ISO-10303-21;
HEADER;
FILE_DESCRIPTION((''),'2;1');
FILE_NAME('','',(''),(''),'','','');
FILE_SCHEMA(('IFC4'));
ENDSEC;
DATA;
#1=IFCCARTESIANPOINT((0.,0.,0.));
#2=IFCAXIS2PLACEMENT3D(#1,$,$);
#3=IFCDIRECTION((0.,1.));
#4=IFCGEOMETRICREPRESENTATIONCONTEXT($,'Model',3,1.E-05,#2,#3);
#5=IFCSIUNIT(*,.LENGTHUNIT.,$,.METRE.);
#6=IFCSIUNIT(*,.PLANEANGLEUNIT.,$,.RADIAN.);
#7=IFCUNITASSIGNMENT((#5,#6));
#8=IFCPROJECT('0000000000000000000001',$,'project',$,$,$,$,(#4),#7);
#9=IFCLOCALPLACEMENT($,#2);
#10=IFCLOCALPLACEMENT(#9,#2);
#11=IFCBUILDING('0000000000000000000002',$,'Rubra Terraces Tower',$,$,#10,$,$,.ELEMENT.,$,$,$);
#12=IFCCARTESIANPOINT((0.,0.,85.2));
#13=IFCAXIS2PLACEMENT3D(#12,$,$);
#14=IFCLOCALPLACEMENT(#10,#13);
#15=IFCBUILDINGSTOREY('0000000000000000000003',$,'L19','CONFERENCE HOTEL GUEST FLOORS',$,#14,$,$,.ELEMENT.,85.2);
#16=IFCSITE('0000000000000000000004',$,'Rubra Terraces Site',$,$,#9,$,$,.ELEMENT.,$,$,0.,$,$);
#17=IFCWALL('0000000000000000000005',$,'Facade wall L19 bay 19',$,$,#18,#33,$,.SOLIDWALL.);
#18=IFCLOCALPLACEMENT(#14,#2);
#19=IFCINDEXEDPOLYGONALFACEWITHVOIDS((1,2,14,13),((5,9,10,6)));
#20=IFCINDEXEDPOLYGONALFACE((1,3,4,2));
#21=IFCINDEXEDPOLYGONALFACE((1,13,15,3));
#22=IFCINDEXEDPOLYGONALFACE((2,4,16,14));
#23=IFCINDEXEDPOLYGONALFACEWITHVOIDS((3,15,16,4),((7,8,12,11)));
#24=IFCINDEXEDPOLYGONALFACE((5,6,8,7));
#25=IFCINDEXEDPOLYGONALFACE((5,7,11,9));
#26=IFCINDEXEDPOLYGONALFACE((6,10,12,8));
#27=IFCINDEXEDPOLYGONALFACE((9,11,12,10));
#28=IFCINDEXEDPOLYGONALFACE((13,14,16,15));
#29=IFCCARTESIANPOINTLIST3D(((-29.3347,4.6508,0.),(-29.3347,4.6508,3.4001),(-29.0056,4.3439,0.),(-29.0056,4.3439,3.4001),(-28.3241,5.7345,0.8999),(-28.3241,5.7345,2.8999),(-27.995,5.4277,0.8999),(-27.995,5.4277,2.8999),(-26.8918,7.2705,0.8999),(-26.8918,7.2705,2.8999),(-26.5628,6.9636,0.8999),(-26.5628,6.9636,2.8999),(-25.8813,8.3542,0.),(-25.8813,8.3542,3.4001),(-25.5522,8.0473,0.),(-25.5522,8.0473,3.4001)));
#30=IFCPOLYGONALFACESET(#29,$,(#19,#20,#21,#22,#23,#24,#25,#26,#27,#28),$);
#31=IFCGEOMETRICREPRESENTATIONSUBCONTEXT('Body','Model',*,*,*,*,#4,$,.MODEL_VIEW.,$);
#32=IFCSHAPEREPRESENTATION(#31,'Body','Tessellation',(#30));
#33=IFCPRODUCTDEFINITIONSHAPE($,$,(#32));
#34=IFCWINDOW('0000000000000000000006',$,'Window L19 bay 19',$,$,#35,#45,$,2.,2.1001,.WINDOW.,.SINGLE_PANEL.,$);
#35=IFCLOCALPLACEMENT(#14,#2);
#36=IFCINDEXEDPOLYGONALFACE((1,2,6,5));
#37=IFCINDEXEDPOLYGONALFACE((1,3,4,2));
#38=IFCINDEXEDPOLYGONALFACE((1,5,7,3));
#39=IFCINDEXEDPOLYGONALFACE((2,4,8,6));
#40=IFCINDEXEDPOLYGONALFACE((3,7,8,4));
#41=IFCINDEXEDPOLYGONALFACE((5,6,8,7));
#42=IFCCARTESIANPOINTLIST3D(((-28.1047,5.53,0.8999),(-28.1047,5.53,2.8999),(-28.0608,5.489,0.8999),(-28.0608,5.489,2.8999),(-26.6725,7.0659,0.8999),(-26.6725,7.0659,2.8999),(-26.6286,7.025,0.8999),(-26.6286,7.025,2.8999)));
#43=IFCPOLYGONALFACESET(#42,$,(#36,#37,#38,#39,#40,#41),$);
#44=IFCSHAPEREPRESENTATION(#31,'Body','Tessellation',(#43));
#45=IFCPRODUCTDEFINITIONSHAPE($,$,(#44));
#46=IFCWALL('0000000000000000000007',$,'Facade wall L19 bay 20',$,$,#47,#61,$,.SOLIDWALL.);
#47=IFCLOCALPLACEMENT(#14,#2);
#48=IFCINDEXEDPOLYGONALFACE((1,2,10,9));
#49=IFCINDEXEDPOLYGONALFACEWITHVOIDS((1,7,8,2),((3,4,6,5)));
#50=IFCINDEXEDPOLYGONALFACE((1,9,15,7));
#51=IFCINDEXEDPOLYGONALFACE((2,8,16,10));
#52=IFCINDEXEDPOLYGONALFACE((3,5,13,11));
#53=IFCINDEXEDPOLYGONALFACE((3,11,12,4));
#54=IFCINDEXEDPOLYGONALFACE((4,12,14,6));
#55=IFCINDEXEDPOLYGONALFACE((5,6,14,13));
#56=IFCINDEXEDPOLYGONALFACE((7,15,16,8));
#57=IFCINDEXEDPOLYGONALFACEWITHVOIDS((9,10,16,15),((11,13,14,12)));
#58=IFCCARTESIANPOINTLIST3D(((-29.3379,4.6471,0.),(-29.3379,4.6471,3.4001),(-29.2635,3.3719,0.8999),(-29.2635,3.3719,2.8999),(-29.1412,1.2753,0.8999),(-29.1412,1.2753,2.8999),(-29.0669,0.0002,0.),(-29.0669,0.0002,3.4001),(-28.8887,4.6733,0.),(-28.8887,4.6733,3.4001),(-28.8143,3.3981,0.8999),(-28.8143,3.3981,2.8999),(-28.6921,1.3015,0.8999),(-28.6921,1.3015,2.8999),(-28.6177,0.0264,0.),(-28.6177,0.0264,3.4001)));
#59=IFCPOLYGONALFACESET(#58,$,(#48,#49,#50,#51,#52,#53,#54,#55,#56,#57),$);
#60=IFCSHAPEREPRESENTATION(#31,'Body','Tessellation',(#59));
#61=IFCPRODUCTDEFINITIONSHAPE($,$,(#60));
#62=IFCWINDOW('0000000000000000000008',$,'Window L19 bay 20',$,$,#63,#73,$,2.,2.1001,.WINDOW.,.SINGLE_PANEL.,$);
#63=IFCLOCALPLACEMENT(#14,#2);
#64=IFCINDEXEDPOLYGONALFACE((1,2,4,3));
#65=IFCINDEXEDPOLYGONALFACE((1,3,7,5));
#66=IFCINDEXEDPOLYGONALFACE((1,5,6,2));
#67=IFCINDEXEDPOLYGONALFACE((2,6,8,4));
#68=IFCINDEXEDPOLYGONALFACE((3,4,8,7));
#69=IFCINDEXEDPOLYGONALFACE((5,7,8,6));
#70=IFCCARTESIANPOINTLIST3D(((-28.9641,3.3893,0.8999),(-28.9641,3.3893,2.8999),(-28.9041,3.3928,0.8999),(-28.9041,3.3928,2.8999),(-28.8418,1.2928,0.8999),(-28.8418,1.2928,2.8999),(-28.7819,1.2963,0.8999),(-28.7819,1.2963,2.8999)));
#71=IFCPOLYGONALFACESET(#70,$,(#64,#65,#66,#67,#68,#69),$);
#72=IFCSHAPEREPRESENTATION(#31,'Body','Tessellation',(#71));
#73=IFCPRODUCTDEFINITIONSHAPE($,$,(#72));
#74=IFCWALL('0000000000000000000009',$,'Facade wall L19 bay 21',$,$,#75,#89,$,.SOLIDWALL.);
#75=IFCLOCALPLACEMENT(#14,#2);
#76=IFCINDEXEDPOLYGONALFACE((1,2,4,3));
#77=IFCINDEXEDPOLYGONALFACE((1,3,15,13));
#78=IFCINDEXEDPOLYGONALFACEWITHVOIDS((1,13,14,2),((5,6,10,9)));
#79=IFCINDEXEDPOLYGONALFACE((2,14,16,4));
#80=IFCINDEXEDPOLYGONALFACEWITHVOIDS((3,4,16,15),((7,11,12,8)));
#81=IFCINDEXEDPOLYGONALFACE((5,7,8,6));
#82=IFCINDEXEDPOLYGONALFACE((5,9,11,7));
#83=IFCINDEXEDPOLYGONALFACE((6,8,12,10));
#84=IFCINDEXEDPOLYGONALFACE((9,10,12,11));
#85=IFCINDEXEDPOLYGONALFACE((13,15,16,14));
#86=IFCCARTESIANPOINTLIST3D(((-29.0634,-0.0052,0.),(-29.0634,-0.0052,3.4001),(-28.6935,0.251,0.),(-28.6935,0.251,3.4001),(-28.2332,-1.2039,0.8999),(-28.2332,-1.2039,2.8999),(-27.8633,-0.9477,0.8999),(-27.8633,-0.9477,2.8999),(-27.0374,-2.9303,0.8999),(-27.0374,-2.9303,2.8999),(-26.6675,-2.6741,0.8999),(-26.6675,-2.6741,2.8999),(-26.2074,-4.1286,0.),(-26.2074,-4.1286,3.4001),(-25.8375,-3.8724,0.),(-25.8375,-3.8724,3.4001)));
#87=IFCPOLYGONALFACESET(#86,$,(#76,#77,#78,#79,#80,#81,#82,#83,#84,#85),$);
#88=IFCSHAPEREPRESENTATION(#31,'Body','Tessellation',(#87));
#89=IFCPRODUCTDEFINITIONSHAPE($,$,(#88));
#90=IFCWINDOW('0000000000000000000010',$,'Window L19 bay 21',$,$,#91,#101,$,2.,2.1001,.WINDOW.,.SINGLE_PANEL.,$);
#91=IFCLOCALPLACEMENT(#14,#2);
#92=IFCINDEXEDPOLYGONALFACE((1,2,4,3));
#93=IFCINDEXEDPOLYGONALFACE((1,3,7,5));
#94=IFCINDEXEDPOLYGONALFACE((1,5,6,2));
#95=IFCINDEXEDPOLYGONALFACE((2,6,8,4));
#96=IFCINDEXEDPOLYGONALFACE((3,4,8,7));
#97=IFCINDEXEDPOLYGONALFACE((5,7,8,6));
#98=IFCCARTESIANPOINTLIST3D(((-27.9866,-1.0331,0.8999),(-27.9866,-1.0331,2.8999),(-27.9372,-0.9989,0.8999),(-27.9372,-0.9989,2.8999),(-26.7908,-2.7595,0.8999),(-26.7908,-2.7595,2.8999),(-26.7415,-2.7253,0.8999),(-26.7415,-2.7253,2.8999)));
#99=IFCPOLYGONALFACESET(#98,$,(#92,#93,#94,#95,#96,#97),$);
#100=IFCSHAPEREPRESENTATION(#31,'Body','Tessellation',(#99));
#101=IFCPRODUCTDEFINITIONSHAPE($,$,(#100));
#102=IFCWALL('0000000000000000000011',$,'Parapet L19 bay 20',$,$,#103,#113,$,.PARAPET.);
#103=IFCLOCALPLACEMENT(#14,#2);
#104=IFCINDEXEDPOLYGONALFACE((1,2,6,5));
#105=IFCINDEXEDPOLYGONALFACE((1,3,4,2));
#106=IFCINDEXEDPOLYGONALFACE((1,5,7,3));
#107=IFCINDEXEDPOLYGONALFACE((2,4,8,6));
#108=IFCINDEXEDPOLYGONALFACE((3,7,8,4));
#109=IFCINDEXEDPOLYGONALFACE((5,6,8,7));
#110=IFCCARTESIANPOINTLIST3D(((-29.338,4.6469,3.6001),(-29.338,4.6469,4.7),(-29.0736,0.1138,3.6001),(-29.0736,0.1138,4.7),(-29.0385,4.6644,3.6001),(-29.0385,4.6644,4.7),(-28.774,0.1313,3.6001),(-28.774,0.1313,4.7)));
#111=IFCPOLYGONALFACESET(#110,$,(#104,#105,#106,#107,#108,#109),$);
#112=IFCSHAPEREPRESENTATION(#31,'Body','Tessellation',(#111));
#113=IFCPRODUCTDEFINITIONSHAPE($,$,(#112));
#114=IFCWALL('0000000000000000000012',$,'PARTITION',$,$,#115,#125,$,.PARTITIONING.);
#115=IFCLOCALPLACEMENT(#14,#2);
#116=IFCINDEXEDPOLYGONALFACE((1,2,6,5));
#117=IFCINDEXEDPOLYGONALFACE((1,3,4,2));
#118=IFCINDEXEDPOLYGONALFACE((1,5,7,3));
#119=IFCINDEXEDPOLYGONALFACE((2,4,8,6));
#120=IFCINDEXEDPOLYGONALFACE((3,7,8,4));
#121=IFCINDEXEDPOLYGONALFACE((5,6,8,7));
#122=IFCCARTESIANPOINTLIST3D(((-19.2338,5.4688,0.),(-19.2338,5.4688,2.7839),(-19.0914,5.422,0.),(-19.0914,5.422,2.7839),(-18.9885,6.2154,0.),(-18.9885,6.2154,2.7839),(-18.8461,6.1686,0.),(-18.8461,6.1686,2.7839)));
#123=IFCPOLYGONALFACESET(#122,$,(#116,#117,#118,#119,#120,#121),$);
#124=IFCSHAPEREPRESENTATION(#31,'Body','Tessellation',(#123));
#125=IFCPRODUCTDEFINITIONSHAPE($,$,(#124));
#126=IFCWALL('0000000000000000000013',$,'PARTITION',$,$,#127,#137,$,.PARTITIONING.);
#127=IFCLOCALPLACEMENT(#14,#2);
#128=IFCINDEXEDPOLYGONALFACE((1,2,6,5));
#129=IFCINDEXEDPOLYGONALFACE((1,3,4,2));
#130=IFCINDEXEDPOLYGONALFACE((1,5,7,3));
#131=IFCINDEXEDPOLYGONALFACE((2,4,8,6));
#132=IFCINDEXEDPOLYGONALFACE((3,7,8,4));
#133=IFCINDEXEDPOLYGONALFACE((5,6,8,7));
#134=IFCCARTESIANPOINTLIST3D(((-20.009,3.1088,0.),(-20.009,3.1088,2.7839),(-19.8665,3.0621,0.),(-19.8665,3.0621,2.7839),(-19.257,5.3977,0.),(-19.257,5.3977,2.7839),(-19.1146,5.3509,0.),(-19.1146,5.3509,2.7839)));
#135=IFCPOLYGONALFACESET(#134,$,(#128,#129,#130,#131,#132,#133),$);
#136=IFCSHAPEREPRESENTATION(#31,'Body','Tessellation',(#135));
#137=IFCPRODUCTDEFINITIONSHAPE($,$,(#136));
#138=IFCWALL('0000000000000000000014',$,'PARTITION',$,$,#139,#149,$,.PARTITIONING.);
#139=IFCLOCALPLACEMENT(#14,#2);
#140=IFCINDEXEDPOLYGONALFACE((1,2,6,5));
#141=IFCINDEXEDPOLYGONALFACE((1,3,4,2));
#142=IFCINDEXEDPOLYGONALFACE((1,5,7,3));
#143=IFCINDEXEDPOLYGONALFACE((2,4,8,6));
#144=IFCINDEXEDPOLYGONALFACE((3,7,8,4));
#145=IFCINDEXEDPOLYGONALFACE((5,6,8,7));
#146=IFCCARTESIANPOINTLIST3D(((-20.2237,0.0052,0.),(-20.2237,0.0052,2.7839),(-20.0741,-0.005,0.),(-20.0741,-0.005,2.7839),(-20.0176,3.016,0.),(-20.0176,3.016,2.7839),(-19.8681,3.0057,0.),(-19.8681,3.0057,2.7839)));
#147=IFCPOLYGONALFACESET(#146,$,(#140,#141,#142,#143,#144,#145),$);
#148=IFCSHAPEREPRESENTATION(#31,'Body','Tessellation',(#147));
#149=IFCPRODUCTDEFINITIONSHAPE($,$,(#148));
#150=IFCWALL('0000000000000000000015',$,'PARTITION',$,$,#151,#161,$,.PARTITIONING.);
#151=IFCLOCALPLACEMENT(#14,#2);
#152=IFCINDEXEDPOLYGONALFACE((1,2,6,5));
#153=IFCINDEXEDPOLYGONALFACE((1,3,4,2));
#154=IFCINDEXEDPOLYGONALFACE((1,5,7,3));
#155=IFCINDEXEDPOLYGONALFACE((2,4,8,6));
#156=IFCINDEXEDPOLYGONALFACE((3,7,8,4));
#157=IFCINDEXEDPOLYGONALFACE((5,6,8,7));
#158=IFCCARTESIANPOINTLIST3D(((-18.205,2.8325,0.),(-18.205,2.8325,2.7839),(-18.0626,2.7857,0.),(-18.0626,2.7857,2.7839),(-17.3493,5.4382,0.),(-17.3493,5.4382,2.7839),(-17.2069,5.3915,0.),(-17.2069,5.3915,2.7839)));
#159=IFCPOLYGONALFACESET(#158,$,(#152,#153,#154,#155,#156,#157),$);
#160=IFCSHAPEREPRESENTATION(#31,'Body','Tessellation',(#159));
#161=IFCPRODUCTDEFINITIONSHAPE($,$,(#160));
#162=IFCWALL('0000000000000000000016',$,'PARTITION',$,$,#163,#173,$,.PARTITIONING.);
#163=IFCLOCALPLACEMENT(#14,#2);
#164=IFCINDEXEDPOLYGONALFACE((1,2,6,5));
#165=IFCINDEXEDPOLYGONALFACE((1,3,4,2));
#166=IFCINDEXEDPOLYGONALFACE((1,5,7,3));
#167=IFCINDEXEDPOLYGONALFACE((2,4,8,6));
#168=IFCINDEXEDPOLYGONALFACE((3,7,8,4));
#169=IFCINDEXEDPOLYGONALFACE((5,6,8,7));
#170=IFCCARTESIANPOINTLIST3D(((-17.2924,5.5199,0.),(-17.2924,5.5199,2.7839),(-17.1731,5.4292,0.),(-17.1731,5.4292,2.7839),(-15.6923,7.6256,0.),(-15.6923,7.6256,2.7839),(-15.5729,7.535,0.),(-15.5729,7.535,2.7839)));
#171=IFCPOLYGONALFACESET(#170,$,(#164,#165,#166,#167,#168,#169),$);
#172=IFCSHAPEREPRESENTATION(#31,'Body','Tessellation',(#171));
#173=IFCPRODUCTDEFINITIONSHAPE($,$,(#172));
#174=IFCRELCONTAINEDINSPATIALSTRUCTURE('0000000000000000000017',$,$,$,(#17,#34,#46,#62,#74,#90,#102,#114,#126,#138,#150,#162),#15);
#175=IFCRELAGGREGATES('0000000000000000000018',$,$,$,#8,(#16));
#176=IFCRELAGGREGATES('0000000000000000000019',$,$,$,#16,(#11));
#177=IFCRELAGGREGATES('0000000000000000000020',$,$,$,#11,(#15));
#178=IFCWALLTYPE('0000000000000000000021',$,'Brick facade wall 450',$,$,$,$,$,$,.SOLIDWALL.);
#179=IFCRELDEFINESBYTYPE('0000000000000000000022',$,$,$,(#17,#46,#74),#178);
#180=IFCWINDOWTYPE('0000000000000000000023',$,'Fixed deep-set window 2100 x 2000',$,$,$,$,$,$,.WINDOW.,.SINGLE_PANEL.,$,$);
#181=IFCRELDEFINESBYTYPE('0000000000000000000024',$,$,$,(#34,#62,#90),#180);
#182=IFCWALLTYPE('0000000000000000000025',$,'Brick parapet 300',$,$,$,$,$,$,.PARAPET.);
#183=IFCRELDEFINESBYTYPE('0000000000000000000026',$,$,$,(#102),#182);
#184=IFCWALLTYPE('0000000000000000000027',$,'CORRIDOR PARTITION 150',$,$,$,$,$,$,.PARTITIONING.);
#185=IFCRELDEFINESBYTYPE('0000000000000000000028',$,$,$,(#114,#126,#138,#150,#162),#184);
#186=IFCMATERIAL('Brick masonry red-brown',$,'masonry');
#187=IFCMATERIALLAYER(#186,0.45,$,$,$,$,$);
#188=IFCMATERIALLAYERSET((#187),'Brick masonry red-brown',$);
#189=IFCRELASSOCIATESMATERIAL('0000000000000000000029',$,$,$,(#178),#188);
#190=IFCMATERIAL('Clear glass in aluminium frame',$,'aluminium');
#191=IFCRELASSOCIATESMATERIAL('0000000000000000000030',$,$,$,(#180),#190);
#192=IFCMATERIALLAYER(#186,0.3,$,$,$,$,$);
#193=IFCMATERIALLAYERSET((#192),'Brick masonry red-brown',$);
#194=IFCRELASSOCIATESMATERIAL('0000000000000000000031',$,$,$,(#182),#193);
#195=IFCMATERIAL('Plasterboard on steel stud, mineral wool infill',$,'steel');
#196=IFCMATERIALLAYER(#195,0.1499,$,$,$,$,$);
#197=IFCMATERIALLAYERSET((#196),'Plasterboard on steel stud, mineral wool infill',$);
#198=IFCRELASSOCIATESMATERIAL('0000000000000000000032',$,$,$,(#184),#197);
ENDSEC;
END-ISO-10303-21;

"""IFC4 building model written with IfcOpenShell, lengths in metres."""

from ifc_helpers import new_model, si_unit, direction, frame, frame_2d, origin, place, context, subcontext, project, spatial, rectangle, extrude, material, layer, layer_set, type_object, element, fill, save


model = new_model("IFC4")

# Units and contexts
model_context = context("Model", 3, precision=1e-05, world=origin(), true_north=direction((0.0, 1.0)))
body_context = subcontext(model_context, "Body", "Model", "MODEL_VIEW")
ifc_project = project(units=[si_unit("LENGTHUNIT", "METRE"), si_unit("PLANEANGLEUNIT", "RADIAN")], contexts=[model_context])

# Site, building, storey
site_placement = place(None, origin())
site = spatial("IfcSite", under=ifc_project, at=site_placement, Name="Rubra Terraces Site", CompositionType="ELEMENT", RefElevation=0.0)
building_placement = place(site_placement, origin())
building = spatial("IfcBuilding", under=site, at=building_placement, Name="Rubra Terraces Tower", CompositionType="ELEMENT")
storey_placement = place(building_placement, frame((0.0, 0.0, 85.2)))
storey = spatial("IfcBuildingStorey", under=building, at=storey_placement, Name="L19", Description="CONFERENCE HOTEL GUEST FLOORS", CompositionType="ELEMENT", Elevation=85.2)

# Walls, openings, windows
ifc_material_1 = material(Name="Brick masonry red-brown", Category="masonry")
ifc_layer_1 = layer(ifc_material_1, 0.45)
ifc_layer_set_1 = layer_set([ifc_layer_1], Name="Brick masonry red-brown")
wall_type_1 = type_object("IfcWallType", Name="Brick facade wall 450", PredefinedType="SOLIDWALL", material=ifc_layer_set_1)
wall_1_placement = place(storey_placement, frame((-25.7168, 8.2007, 0.0), z_axis=(0.0, 0.0, 1.0), x_axis=(-0.68199, -0.731361, 0.0)))
wall_1 = element("IfcWall", 1, at=wall_1_placement, inside=storey, type_object=wall_type_1, Name="Facade wall L19 bay 19", PredefinedType="SOLIDWALL", context=body_context, shape_type="SweptSolid", body=[
    extrude(rectangle(XDim=5.0637, YDim=0.45, at=frame_2d((2.5317, 0.0))), origin(), (0.0, 0.0, 1.0), 3.4001),
])
opening_1_placement = place(wall_1_placement, frame((1.4817, 0.0, 0.8999)))
opening_1 = element("IfcOpeningElement", 2, at=opening_1_placement, cuts=wall_1, PredefinedType="OPENING", context=body_context, shape_type="SweptSolid", body=[
    extrude(rectangle(XDim=2.1001, YDim=2.0, at=frame_2d((1.05, 1.0))), frame((0.0, 0.2349, 0.0), z_axis=(0.0, -1.0, 0.0), x_axis=(1.0, 0.0, 0.0)), (0.0, 0.0, 1.0), 0.47),
])
ifc_material_2 = material(Name="Clear glass in aluminium frame", Category="aluminium")
window_type = type_object("IfcWindowType", Name="Fixed deep-set window 2100 x 2000", PartitioningType="SINGLE_PANEL", PredefinedType="WINDOW", material=ifc_material_2)
window_1_placement = place(opening_1_placement, origin())
window_1 = element("IfcWindow", 3, at=window_1_placement, inside=storey, type_object=window_type, Name="Window L19 bay 19", OverallHeight=2.0, OverallWidth=2.1001, PartitioningType="SINGLE_PANEL", PredefinedType="WINDOW", context=body_context, shape_type="SweptSolid", body=[
    extrude(rectangle(XDim=2.1001, YDim=2.0, at=frame_2d((1.05, 1.0))), frame((0.0, 0.135, 0.0), z_axis=(0.0, -1.0, 0.0), x_axis=(1.0, 0.0, 0.0)), (0.0, 0.0, 1.0), 0.0601),
])
fill(opening_1, window_1)
wall_2_placement = place(storey_placement, frame((-29.1133, 4.6602, 0.0), z_axis=(0.0, 0.0, 1.0), x_axis=(0.058218, -0.998304, 0.0)))
wall_2 = element("IfcWall", 4, at=wall_2_placement, inside=storey, type_object=wall_type_1, Name="Facade wall L19 bay 20", PredefinedType="SOLIDWALL", context=body_context, shape_type="SweptSolid", body=[
    extrude(rectangle(XDim=4.6548, YDim=0.45, at=frame_2d((2.3274, 0.0))), origin(), (0.0, 0.0, 1.0), 3.4001),
])
opening_2_placement = place(wall_2_placement, frame((1.2773, 0.0, 0.8999)))
opening_2 = element("IfcOpeningElement", 5, at=opening_2_placement, cuts=wall_2, PredefinedType="OPENING", context=body_context, shape_type="SweptSolid", body=[
    extrude(rectangle(XDim=2.1001, YDim=2.0, at=frame_2d((1.05, 1.0))), frame((0.0, 0.2349, 0.0), z_axis=(0.0, -1.0, 0.0), x_axis=(1.0, 0.0, 0.0)), (0.0, 0.0, 1.0), 0.47),
])
window_2_placement = place(opening_2_placement, origin())
window_2 = element("IfcWindow", 6, at=window_2_placement, inside=storey, type_object=window_type, Name="Window L19 bay 20", OverallHeight=2.0, OverallWidth=2.1001, PartitioningType="SINGLE_PANEL", PredefinedType="WINDOW", context=body_context, shape_type="SweptSolid", body=[
    extrude(rectangle(XDim=2.1001, YDim=2.0, at=frame_2d((1.05, 1.0))), frame((0.0, 0.135, 0.0), z_axis=(0.0, -1.0, 0.0), x_axis=(1.0, 0.0, 0.0)), (0.0, 0.0, 1.0), 0.0601),
])
fill(opening_2, window_2)
wall_3_placement = place(storey_placement, frame((-28.8784, 0.1228, 0.0), z_axis=(0.0, 0.0, 1.0), x_axis=(0.569395, -0.822064, 0.0)))
wall_3 = element("IfcWall", 7, at=wall_3_placement, inside=storey, type_object=wall_type_1, Name="Facade wall L19 bay 21", PredefinedType="SOLIDWALL", context=body_context, shape_type="SweptSolid", body=[
    extrude(rectangle(XDim=5.0159, YDim=0.45, at=frame_2d((2.5078, 0.0))), origin(), (0.0, 0.0, 1.0), 3.4001),
])
opening_3_placement = place(wall_3_placement, frame((1.458, 0.0, 0.8999)))
opening_3 = element("IfcOpeningElement", 8, at=opening_3_placement, cuts=wall_3, PredefinedType="OPENING", context=body_context, shape_type="SweptSolid", body=[
    extrude(rectangle(XDim=2.1001, YDim=2.0, at=frame_2d((1.05, 1.0))), frame((0.0, 0.2349, 0.0), z_axis=(0.0, -1.0, 0.0), x_axis=(1.0, 0.0, 0.0)), (0.0, 0.0, 1.0), 0.47),
])
window_3_placement = place(opening_3_placement, origin())
window_3 = element("IfcWindow", 9, at=window_3_placement, inside=storey, type_object=window_type, Name="Window L19 bay 21", OverallHeight=2.0, OverallWidth=2.1001, PartitioningType="SINGLE_PANEL", PredefinedType="WINDOW", context=body_context, shape_type="SweptSolid", body=[
    extrude(rectangle(XDim=2.1001, YDim=2.0, at=frame_2d((1.05, 1.0))), frame((0.0, 0.135, 0.0), z_axis=(0.0, -1.0, 0.0), x_axis=(1.0, 0.0, 0.0)), (0.0, 0.0, 1.0), 0.0601),
])
fill(opening_3, window_3)

# Walls
ifc_layer_2 = layer(ifc_material_1, 0.3)
ifc_layer_set_2 = layer_set([ifc_layer_2], Name="Brick masonry red-brown")
wall_type_2 = type_object("IfcWallType", Name="Brick parapet 300", PredefinedType="PARAPET", material=ifc_layer_set_2)
wall_4_placement = place(storey_placement, frame((-29.1882, 4.6558, 3.6001), z_axis=(0.0, 0.0, 1.0), x_axis=(0.05823, -0.998303, 0.0)))
element("IfcWall", 10, at=wall_4_placement, inside=storey, type_object=wall_type_2, Name="Parapet L19 bay 20", PredefinedType="PARAPET", context=body_context, shape_type="SweptSolid", body=[
    extrude(rectangle(XDim=4.5408, YDim=0.3, at=frame_2d((2.2705, 0.0))), origin(), (0.0, 0.0, 1.0), 1.0999),
])
ifc_material_3 = material(Name="Plasterboard on steel stud, mineral wool infill", Category="steel")
ifc_layer_3 = layer(ifc_material_3, 0.1499)
ifc_layer_set_3 = layer_set([ifc_layer_3], Name="Plasterboard on steel stud, mineral wool infill")
wall_type_3 = type_object("IfcWallType", Name="CORRIDOR PARTITION 150", PredefinedType="PARTITIONING", material=ifc_layer_set_3)
wall_5_placement = place(storey_placement, frame((-18.9172, 6.1921, 0.0), z_axis=(0.0, 0.0, 1.0), x_axis=(-0.312217, -0.950011, 0.0)))
element("IfcWall", 11, at=wall_5_placement, inside=storey, type_object=wall_type_3, Name="PARTITION", PredefinedType="PARTITIONING", context=body_context, shape_type="SweptSolid", body=[
    extrude(rectangle(XDim=0.7859, YDim=0.1499, at=frame_2d((0.3931, 0.0))), origin(), (0.0, 0.0, 1.0), 2.7839),
])
wall_6_placement = place(storey_placement, frame((-19.1858, 5.3743, 0.0), z_axis=(0.0, 0.0, 1.0), x_axis=(-0.312121, -0.950042, 0.0)))
element("IfcWall", 12, at=wall_6_placement, inside=storey, type_object=wall_type_3, Name="PARTITION", PredefinedType="PARTITIONING", context=body_context, shape_type="SweptSolid", body=[
    extrude(rectangle(XDim=2.4092, YDim=0.1499, at=frame_2d((1.2046, 0.0))), origin(), (0.0, 0.0, 1.0), 2.7839),
])
wall_7_placement = place(storey_placement, frame((-19.9429, 3.0107, 0.0), z_axis=(0.0, 0.0, 1.0), x_axis=(-0.06828, -0.997666, 0.0)))
element("IfcWall", 13, at=wall_7_placement, inside=storey, type_object=wall_type_3, Name="PARTITION", PredefinedType="PARTITIONING", context=body_context, shape_type="SweptSolid", body=[
    extrude(rectangle(XDim=3.0178, YDim=0.1499, at=frame_2d((1.5088, 0.0))), origin(), (0.0, 0.0, 1.0), 2.7839),
])
wall_8_placement = place(storey_placement, frame((-18.1338, 2.8091, 0.0), z_axis=(0.0, 0.0, 1.0), x_axis=(0.312005, 0.95008, 0.0)))
element("IfcWall", 14, at=wall_8_placement, inside=storey, type_object=wall_type_3, Name="PARTITION", PredefinedType="PARTITIONING", context=body_context, shape_type="SweptSolid", body=[
    extrude(rectangle(XDim=2.7427, YDim=0.1499, at=frame_2d((1.3713, 0.0))), origin(), (0.0, 0.0, 1.0), 2.7839),
])
wall_9_placement = place(storey_placement, frame((-17.2327, 5.4746, 0.0), z_axis=(0.0, 0.0, 1.0), x_axis=(0.605025, 0.796207, 0.0)))
element("IfcWall", 15, at=wall_9_placement, inside=storey, type_object=wall_type_3, Name="PARTITION", PredefinedType="PARTITIONING", context=body_context, shape_type="SweptSolid", body=[
    extrude(rectangle(XDim=2.6448, YDim=0.1499, at=frame_2d((1.3223, 0.0))), origin(), (0.0, 0.0, 1.0), 2.7839),
])

save(model, "model.ifc")
